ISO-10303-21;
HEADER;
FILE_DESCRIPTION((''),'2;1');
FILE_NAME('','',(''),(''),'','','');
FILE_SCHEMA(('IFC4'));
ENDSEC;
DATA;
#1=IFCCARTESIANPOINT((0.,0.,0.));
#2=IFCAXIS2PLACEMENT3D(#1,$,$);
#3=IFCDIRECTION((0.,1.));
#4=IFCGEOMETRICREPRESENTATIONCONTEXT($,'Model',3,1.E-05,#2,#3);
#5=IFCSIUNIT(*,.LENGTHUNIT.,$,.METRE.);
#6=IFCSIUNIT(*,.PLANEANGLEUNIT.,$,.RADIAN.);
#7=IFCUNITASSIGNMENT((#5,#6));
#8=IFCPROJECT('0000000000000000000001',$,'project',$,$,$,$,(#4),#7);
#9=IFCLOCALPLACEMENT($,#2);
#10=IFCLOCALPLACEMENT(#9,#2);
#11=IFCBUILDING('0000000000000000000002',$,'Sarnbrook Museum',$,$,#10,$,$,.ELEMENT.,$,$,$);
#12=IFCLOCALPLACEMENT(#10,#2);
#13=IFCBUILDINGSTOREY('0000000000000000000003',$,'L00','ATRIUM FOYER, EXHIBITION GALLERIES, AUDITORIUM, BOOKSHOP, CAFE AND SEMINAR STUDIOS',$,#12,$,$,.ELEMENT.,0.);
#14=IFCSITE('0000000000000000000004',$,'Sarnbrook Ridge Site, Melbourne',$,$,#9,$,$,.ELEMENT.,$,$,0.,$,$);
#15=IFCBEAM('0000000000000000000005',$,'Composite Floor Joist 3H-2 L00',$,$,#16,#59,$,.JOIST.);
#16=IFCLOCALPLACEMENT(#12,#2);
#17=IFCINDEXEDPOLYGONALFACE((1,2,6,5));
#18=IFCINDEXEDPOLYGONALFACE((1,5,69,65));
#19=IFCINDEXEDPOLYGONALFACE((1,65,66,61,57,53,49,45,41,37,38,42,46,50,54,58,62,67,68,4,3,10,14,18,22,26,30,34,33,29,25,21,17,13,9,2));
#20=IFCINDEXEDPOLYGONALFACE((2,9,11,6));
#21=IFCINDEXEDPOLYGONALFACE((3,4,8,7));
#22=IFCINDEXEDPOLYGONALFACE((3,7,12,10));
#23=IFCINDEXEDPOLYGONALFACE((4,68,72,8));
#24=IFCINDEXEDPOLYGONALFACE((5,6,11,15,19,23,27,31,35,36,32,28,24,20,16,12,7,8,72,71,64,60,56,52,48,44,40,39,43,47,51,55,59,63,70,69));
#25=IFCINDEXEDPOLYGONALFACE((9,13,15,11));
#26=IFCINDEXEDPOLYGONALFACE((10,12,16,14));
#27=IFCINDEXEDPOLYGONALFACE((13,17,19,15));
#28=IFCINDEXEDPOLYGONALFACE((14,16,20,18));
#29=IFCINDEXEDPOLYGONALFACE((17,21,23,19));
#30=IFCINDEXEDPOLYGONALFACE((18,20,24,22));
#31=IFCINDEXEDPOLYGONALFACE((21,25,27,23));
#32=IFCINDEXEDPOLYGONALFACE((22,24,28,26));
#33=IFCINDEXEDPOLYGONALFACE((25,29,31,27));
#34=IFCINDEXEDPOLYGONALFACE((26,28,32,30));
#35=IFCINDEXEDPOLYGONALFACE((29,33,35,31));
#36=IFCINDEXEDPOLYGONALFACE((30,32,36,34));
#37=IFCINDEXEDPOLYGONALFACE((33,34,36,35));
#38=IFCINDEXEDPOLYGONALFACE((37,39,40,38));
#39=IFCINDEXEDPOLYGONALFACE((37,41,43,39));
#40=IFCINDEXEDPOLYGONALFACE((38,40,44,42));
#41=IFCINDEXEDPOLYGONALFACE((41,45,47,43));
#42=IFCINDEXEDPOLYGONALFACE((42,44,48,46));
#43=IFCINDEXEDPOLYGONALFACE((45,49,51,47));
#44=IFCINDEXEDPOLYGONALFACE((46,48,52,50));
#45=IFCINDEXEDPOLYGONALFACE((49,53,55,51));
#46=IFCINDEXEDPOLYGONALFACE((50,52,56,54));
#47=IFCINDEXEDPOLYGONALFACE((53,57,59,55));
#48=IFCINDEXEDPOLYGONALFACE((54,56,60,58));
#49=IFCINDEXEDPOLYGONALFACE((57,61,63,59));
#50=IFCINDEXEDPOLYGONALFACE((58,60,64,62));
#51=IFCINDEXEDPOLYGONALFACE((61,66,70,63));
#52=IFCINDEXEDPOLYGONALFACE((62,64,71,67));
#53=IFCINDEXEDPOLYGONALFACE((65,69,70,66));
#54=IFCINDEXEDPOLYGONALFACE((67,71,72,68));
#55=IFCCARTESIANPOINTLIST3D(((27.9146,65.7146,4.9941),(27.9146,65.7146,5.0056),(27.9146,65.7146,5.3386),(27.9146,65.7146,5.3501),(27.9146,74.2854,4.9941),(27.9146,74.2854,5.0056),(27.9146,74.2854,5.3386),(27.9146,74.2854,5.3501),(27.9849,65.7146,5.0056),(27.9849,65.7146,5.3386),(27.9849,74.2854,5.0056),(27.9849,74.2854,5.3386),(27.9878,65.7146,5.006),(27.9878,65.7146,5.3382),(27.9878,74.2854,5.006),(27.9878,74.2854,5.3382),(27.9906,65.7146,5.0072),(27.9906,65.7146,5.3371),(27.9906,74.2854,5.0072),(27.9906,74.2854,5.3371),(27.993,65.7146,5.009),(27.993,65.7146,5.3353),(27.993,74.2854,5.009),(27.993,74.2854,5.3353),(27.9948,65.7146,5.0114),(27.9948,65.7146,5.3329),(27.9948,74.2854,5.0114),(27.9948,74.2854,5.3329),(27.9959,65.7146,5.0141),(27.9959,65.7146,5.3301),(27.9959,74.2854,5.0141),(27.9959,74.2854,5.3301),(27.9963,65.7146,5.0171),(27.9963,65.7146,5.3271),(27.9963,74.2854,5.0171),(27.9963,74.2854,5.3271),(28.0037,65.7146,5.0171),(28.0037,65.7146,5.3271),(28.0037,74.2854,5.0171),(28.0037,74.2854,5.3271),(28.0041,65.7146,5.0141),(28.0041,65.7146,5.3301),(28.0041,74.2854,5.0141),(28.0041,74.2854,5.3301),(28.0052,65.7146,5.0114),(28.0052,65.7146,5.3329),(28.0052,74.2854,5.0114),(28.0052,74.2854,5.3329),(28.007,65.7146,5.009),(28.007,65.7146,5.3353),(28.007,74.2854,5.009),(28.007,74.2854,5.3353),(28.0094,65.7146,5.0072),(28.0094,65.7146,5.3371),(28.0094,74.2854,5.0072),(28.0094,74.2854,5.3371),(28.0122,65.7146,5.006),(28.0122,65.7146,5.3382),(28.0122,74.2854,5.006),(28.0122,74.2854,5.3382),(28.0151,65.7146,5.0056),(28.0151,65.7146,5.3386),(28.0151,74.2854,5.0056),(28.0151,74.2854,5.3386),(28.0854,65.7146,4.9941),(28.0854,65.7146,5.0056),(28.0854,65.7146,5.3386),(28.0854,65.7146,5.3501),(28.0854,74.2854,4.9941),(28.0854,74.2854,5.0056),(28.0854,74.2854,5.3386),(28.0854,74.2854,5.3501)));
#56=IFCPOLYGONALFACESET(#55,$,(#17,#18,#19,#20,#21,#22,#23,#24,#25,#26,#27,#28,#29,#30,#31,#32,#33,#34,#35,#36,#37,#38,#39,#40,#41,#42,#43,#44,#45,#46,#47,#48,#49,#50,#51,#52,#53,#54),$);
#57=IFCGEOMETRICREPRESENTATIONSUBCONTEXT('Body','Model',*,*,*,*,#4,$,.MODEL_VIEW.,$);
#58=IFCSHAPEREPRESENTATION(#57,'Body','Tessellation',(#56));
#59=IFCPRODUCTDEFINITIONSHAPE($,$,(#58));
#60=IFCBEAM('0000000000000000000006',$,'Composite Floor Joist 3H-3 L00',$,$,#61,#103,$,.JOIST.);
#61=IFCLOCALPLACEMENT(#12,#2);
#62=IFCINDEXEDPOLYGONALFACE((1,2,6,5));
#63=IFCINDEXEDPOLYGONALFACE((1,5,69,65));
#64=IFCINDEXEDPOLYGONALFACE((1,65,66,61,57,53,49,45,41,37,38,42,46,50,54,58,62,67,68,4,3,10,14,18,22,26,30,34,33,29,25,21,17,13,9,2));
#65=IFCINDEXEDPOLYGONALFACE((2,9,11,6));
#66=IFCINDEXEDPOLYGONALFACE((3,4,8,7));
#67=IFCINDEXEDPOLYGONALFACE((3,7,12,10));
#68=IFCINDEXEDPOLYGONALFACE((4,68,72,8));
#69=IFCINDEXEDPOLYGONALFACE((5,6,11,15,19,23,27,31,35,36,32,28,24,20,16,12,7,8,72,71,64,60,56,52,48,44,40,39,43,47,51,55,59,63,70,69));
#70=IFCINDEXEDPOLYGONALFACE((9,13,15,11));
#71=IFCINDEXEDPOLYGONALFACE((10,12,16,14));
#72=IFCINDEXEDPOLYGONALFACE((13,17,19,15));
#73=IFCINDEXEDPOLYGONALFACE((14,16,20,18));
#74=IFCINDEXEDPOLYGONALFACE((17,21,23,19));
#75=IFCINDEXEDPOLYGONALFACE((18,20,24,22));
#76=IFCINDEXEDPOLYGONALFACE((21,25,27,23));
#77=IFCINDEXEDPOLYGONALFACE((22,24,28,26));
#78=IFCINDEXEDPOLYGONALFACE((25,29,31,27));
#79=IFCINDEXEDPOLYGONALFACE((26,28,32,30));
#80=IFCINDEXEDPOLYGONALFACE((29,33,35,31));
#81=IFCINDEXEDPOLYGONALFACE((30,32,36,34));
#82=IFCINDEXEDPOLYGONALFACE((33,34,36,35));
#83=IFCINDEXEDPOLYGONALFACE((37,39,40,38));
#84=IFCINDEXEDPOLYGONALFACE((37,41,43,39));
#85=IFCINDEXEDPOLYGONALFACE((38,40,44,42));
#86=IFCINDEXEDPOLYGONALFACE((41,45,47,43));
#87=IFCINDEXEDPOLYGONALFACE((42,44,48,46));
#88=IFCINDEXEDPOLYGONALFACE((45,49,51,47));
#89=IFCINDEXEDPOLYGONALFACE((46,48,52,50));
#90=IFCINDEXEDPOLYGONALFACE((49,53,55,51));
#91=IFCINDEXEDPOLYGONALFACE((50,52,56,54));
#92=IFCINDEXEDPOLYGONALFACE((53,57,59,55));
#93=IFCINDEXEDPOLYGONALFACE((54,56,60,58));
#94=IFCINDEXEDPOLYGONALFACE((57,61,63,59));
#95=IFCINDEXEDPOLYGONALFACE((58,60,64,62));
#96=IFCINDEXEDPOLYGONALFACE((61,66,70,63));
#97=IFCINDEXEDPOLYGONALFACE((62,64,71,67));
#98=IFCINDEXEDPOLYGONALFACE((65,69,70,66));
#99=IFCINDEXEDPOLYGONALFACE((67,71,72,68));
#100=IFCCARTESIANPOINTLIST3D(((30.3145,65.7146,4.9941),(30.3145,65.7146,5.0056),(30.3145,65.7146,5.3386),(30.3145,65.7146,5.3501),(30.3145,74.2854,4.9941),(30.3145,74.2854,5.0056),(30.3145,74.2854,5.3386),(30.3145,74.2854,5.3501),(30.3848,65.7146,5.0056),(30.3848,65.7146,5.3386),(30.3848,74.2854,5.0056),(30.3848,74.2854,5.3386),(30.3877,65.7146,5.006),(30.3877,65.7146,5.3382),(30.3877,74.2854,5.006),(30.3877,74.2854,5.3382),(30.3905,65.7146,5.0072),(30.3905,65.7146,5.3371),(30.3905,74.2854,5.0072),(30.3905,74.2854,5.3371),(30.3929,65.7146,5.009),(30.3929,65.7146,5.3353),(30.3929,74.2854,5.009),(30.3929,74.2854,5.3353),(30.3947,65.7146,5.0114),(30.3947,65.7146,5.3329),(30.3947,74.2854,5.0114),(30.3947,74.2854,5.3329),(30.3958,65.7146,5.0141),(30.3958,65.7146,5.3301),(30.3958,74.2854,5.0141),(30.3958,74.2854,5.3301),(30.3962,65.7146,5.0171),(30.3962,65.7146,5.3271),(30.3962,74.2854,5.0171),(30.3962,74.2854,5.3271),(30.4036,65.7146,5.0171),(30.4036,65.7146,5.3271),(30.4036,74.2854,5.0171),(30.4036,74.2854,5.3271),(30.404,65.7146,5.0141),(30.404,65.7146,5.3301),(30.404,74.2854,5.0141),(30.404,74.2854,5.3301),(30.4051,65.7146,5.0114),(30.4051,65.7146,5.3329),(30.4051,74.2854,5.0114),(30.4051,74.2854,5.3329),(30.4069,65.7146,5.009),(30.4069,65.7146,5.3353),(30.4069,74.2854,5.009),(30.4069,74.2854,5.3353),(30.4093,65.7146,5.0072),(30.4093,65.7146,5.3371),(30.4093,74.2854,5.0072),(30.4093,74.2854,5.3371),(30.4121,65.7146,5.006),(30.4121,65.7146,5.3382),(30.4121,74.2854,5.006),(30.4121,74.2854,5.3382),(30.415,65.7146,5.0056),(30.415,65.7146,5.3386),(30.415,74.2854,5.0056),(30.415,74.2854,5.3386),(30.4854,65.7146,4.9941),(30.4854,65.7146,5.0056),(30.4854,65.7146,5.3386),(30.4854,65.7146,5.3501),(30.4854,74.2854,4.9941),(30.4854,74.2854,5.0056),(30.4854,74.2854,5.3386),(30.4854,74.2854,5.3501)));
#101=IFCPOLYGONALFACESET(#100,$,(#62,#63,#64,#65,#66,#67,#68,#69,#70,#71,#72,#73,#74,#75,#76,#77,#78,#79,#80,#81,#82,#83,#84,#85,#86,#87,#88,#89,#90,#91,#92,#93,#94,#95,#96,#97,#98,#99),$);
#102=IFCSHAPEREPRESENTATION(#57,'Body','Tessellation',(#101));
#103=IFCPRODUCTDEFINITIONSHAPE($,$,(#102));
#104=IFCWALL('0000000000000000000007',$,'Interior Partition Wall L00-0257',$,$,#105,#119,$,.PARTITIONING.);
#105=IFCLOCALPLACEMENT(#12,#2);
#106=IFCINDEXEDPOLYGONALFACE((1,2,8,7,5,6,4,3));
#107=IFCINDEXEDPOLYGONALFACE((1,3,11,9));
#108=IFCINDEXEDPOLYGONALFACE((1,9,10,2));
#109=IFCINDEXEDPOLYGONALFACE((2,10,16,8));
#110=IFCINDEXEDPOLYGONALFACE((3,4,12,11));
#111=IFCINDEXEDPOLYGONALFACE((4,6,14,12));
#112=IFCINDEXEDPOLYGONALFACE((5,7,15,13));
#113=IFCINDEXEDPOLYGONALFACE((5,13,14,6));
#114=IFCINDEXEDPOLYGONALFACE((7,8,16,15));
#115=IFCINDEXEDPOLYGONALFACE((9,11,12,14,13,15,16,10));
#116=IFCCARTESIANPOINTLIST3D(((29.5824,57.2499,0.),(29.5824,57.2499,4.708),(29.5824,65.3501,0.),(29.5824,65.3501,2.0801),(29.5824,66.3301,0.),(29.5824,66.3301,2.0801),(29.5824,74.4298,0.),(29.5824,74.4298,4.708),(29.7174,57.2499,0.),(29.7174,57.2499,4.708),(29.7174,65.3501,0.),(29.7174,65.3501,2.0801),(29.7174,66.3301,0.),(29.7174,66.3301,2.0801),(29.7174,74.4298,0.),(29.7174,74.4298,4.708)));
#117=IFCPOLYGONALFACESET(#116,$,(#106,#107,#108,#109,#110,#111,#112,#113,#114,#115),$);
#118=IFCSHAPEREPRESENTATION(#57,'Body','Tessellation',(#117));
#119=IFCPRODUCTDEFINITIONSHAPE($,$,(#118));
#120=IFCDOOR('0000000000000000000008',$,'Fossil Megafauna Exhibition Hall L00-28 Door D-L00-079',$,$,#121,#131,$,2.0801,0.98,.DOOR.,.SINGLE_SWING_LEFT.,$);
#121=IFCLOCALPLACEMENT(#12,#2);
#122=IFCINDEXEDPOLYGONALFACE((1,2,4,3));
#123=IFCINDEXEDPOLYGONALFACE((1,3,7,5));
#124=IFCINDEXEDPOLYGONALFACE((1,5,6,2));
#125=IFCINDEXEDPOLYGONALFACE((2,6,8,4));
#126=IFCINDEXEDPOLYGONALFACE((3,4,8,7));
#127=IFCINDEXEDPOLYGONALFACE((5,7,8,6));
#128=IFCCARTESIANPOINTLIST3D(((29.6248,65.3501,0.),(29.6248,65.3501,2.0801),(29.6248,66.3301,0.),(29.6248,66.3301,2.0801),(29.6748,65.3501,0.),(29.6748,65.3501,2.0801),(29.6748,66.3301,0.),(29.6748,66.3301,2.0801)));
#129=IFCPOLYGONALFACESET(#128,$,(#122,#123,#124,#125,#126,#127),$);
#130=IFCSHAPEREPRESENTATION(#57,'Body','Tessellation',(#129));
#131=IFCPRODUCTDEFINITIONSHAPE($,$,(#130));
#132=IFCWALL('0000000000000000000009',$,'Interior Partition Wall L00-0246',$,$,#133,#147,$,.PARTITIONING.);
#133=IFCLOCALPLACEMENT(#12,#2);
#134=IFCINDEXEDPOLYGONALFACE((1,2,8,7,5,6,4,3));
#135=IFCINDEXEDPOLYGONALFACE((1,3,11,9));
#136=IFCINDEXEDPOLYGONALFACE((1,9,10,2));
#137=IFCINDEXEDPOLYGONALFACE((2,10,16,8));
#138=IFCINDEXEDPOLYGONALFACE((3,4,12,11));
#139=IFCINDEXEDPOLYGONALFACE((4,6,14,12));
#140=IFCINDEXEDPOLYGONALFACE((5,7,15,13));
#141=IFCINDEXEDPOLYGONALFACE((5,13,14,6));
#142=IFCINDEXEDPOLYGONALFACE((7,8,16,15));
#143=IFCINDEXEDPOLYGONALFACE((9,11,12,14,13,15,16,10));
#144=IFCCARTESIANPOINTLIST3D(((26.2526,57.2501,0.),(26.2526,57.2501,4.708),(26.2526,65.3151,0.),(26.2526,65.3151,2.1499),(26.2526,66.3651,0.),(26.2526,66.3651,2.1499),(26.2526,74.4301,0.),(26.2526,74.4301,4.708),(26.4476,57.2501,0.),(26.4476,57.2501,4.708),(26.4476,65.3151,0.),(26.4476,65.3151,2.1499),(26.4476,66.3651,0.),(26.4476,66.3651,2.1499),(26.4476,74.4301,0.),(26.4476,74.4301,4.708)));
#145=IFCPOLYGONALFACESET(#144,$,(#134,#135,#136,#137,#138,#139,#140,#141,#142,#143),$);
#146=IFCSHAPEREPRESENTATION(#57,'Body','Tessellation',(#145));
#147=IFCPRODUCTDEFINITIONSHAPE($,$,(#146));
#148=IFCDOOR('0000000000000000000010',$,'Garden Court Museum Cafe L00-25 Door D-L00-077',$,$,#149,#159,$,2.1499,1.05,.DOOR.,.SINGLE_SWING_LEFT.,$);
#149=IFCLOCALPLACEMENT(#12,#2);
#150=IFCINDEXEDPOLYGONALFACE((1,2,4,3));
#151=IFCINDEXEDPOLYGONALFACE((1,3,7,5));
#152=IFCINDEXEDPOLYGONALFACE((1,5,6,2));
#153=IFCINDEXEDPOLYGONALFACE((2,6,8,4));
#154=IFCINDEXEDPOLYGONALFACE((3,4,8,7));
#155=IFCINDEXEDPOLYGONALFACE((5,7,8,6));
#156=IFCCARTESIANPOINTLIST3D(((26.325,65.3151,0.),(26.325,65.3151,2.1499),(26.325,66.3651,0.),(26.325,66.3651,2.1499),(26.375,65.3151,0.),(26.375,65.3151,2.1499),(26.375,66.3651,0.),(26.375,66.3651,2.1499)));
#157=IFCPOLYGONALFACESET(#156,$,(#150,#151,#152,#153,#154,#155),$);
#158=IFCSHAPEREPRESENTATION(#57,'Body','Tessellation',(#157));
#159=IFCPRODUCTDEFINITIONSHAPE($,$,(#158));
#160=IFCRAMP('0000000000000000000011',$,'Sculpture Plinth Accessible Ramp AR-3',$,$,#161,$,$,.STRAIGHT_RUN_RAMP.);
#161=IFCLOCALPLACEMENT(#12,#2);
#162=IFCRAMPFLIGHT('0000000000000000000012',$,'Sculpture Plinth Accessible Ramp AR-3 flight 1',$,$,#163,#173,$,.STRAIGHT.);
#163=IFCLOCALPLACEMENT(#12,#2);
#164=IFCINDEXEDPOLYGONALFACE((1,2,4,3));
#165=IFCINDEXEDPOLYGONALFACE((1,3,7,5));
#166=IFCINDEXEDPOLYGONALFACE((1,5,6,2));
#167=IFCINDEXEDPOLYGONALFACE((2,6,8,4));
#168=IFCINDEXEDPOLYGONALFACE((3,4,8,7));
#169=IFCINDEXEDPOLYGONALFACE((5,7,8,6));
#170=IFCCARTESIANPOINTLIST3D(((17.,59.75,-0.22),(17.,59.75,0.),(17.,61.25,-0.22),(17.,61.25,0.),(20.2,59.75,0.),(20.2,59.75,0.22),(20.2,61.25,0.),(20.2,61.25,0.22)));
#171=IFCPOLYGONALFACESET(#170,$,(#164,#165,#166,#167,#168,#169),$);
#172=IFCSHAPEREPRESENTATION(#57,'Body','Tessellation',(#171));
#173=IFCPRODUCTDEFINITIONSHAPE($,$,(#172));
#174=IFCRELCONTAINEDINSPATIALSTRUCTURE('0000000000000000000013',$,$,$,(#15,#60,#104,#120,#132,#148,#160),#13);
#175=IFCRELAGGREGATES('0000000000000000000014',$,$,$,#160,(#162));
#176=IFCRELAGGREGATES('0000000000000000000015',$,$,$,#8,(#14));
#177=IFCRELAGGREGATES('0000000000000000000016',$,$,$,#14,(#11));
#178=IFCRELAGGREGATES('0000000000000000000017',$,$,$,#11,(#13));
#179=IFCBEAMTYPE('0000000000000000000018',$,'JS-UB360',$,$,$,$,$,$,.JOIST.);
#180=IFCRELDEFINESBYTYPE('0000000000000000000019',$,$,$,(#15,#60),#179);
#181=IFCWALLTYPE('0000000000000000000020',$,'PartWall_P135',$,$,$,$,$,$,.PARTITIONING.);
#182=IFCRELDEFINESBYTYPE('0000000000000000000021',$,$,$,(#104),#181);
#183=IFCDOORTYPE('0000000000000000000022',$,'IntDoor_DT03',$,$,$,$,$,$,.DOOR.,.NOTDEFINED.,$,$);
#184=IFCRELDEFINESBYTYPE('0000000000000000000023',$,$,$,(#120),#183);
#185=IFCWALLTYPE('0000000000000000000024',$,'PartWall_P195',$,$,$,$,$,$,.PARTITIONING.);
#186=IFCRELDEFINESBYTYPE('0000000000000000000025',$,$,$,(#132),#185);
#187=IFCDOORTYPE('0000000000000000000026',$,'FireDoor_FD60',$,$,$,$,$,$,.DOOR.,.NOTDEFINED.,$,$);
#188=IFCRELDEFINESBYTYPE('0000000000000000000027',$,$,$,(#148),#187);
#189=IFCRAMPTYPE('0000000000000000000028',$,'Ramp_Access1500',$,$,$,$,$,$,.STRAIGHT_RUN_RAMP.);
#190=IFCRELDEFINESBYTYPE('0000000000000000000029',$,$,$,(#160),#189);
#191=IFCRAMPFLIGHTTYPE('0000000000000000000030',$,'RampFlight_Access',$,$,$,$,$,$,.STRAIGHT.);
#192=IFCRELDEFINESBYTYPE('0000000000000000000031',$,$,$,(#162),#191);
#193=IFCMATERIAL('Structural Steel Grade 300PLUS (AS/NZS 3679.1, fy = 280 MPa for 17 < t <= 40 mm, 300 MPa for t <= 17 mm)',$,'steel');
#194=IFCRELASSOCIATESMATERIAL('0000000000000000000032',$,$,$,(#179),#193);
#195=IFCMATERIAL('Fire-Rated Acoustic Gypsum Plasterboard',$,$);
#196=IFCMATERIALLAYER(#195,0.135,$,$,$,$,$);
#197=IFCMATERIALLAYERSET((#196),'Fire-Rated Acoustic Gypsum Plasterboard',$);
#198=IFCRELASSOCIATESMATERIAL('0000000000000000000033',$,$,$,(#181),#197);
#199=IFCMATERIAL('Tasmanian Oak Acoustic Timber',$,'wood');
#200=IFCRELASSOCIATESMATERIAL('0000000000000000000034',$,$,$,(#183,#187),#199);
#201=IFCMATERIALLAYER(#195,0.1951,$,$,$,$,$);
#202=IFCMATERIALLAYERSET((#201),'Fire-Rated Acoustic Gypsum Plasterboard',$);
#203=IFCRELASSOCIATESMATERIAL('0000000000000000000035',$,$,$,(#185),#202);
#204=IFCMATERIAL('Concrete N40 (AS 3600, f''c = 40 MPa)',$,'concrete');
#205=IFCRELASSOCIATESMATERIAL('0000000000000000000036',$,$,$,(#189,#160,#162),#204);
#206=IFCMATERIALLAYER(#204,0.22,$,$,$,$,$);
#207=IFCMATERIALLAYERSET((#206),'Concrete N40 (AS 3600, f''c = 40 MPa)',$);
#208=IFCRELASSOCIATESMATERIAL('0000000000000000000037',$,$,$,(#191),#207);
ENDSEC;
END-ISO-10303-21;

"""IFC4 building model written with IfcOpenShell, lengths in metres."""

from ifc_helpers import new_model, si_unit, direction, frame, frame_2d, origin, origin_2d, place, context, subcontext, project, spatial, polyline, rectangle, i_section, outline, extrude, material, layer, layer_set, material_profile, profile_set, type_object, element, fill, aggregate, save


model = new_model("IFC4")

# Units and contexts
model_context = context("Model", 3, precision=1e-05, world=origin(), true_north=direction((0.0, 1.0)))
body_context = subcontext(model_context, "Body", "Model", "MODEL_VIEW")
ifc_project = project(units=[si_unit("LENGTHUNIT", "METRE"), si_unit("PLANEANGLEUNIT", "RADIAN")], contexts=[model_context])

# Site, building, storey
site_placement = place(None, origin())
site = spatial("IfcSite", under=ifc_project, at=site_placement, Name="Sarnbrook Ridge Site, Melbourne", CompositionType="ELEMENT", RefElevation=0.0)
building_placement = place(site_placement, origin())
building = spatial("IfcBuilding", under=site, at=building_placement, Name="Sarnbrook Museum", CompositionType="ELEMENT")
storey_placement = place(building_placement, origin())
storey = spatial("IfcBuildingStorey", under=building, at=storey_placement, Name="L00", Description="ATRIUM FOYER, EXHIBITION GALLERIES, AUDITORIUM, BOOKSHOP, CAFE AND SEMINAR STUDIOS", CompositionType="ELEMENT", Elevation=0.0)

# Shared definitions
ifc_material_1 = material(Name="Structural Steel Grade 300PLUS (AS/NZS 3679.1, fy = 280 MPa for 17 < t <= 40 mm, 300 MPa for t <= 17 mm)", Category="steel")

# Beams
ifc_material_profile_1 = material_profile(ifc_material_1, i_section(OverallWidth=0.1709, OverallDepth=0.356, WebThickness=0.0073, FlangeThickness=0.0115, FilletRadius=0.0115, at=origin_2d()), Name="360UB50.7")
ifc_profile_set_1 = profile_set([ifc_material_profile_1], Name="Structural Steel Grade 300PLUS (AS/NZS 3679.1, fy = 280 MPa for 17 < t <= 40 mm, 300 MPa for t <= 17 mm)")
beam_type_1 = type_object("IfcBeamType", Name="JS-UB360", PredefinedType="JOIST", material=ifc_profile_set_1)
for number, where, z_axis, x_axis, name in (
    (1, (28.0, 65.7146, 5.1721), (0.0, 1.0, 0.0), (-1.0, 0.0, 0.0), "Composite Floor Joist 3H-2 L00"),
    (2, (30.3999, 65.7146, 5.1721), (0.0, 1.0, 0.0), (-1.0, 0.0, 0.0), "Composite Floor Joist 3H-3 L00"),
):
    element("IfcBeam", number, at=place(storey_placement, frame(where, z_axis=z_axis, x_axis=x_axis)), inside=storey, type_object=beam_type_1, Name=name, PredefinedType="JOIST", context=body_context, shape_type="SweptSolid", body=[
        extrude(i_section(OverallWidth=0.1709, OverallDepth=0.356, WebThickness=0.0073, FlangeThickness=0.0115, FilletRadius=0.0115, at=origin_2d()), origin(), (0.0, 0.0, 1.0), 8.5708),
    ])

# Walls, openings, doors
ifc_material_2 = material(Name="Fire-Rated Acoustic Gypsum Plasterboard")
ifc_layer_1 = layer(ifc_material_2, 0.135)
ifc_layer_set_1 = layer_set([ifc_layer_1], Name="Fire-Rated Acoustic Gypsum Plasterboard")
wall_type_1 = type_object("IfcWallType", Name="PartWall_P135", PredefinedType="PARTITIONING", material=ifc_layer_set_1)
wall_1_placement = place(storey_placement, frame((29.6499, 57.25, 0.0), z_axis=(0.0, 0.0, 1.0), x_axis=(0.0, 1.0, 0.0)))
wall_1 = element("IfcWall", 3, at=wall_1_placement, inside=storey, type_object=wall_type_1, Name="Interior Partition Wall L00-0257", PredefinedType="PARTITIONING", context=body_context, shape_type="SweptSolid", body=[
    extrude(rectangle(XDim=17.1799, YDim=0.135, at=frame_2d((8.5898, 0.0))), origin(), (0.0, 0.0, 1.0), 4.708),
])
opening_1_placement = place(wall_1_placement, frame((8.1001, 0.0, 0.0)))
opening_1 = element("IfcOpeningElement", 4, at=opening_1_placement, cuts=wall_1, PredefinedType="OPENING", context=body_context, shape_type="SweptSolid", body=[
    extrude(rectangle(XDim=0.98, YDim=2.0801, at=frame_2d((0.49, 1.04))), frame((0.0, 0.0776, 0.0), z_axis=(0.0, -1.0, 0.0), x_axis=(1.0, 0.0, 0.0)), (0.0, 0.0, 1.0), 0.155),
])
ifc_material_3 = material(Name="Tasmanian Oak Acoustic Timber", Category="wood")
door_type_1 = type_object("IfcDoorType", Name="IntDoor_DT03", OperationType="NOTDEFINED", PredefinedType="DOOR", material=ifc_material_3)
door_1_placement = place(opening_1_placement, frame((0.98, 0.0, 0.0), z_axis=(0.0, 0.0, 1.0), x_axis=(-1.0, 0.0, 0.0)))
door_1 = element("IfcDoor", 5, at=door_1_placement, inside=storey, type_object=door_type_1, Name="Fossil Megafauna Exhibition Hall L00-28 Door D-L00-079", OperationType="SINGLE_SWING_LEFT", OverallHeight=2.0801, OverallWidth=0.98, PredefinedType="DOOR", context=body_context, shape_type="SweptSolid", body=[
    extrude(rectangle(XDim=0.98, YDim=2.0801, at=frame_2d((0.49, 1.04))), frame((0.0, 0.0249, 0.0), z_axis=(0.0, -1.0, 0.0), x_axis=(1.0, 0.0, 0.0)), (0.0, 0.0, 1.0), 0.05),
])
fill(opening_1, door_1)
ifc_layer_2 = layer(ifc_material_2, 0.1951)
ifc_layer_set_2 = layer_set([ifc_layer_2], Name="Fire-Rated Acoustic Gypsum Plasterboard")
wall_type_2 = type_object("IfcWallType", Name="PartWall_P195", PredefinedType="PARTITIONING", material=ifc_layer_set_2)
wall_2_placement = place(storey_placement, frame((26.3501, 74.4299, 0.0), z_axis=(0.0, 0.0, 1.0), x_axis=(0.0, -1.0, 0.0)))
wall_2 = element("IfcWall", 6, at=wall_2_placement, inside=storey, type_object=wall_type_2, Name="Interior Partition Wall L00-0246", PredefinedType="PARTITIONING", context=body_context, shape_type="SweptSolid", body=[
    extrude(rectangle(XDim=17.1799, YDim=0.1951, at=frame_2d((8.5898, 0.0))), origin(), (0.0, 0.0, 1.0), 4.708),
])
opening_2_placement = place(wall_2_placement, frame((8.0649, 0.0, 0.0)))
opening_2 = element("IfcOpeningElement", 7, at=opening_2_placement, cuts=wall_2, PredefinedType="OPENING", context=body_context, shape_type="SweptSolid", body=[
    extrude(rectangle(XDim=1.05, YDim=2.1499, at=frame_2d((0.5249, 1.075))), frame((0.0, 0.1074, 0.0), z_axis=(0.0, -1.0, 0.0), x_axis=(1.0, 0.0, 0.0)), (0.0, 0.0, 1.0), 0.2151),
])
door_type_2 = type_object("IfcDoorType", Name="FireDoor_FD60", OperationType="NOTDEFINED", PredefinedType="DOOR", material=ifc_material_3)
door_2_placement = place(opening_2_placement, origin())
door_2 = element("IfcDoor", 8, at=door_2_placement, inside=storey, type_object=door_type_2, Name="Garden Court Museum Cafe L00-25 Door D-L00-077", OperationType="SINGLE_SWING_LEFT", OverallHeight=2.1499, OverallWidth=1.05, PredefinedType="DOOR", context=body_context, shape_type="SweptSolid", body=[
    extrude(rectangle(XDim=1.05, YDim=2.1499, at=frame_2d((0.5249, 1.075))), frame((0.0, 0.0249, 0.0), z_axis=(0.0, -1.0, 0.0), x_axis=(1.0, 0.0, 0.0)), (0.0, 0.0, 1.0), 0.05),
])
fill(opening_2, door_2)

# Ramp, ramp flight
ifc_material_4 = material(Name="Concrete N40 (AS 3600, f'c = 40 MPa)", Category="concrete")
ramp_type = type_object("IfcRampType", Name="Ramp_Access1500", PredefinedType="STRAIGHT_RUN_RAMP", material=ifc_material_4)
ramp_placement = place(storey_placement, origin())
ramp = element("IfcRamp", 9, at=ramp_placement, inside=storey, type_object=ramp_type, material=ifc_material_4, Name="Sculpture Plinth Accessible Ramp AR-3", PredefinedType="STRAIGHT_RUN_RAMP")
ifc_layer_3 = layer(ifc_material_4, 0.22)
ifc_layer_set_3 = layer_set([ifc_layer_3], Name="Concrete N40 (AS 3600, f'c = 40 MPa)")
ramp_flight_type = type_object("IfcRampFlightType", Name="RampFlight_Access", PredefinedType="STRAIGHT", material=ifc_layer_set_3)
ramp_flight_placement = place(storey_placement, frame((17.0, 60.5, 0.0), z_axis=(0.0, 0.0, 1.0), x_axis=(1.0, 0.0, 0.0)))
ramp_flight = element("IfcRampFlight", 10, at=ramp_flight_placement, type_object=ramp_flight_type, material=ifc_material_4, Name="Sculpture Plinth Accessible Ramp AR-3 flight 1", PredefinedType="STRAIGHT", context=body_context, shape_type="SweptSolid", body=[
    extrude(outline(polyline([(0.0, 0.0), (3.2, 0.22), (3.2, 0.0), (0.0, -0.22), (0.0, 0.0)])), frame((0.0, 0.75, 0.0), z_axis=(0.0, -1.0, 0.0), x_axis=(1.0, 0.0, 0.0)), (0.0, 0.0, 1.0), 1.5),
])
aggregate(ramp, [ramp_flight])

save(model, "model.ifc")
